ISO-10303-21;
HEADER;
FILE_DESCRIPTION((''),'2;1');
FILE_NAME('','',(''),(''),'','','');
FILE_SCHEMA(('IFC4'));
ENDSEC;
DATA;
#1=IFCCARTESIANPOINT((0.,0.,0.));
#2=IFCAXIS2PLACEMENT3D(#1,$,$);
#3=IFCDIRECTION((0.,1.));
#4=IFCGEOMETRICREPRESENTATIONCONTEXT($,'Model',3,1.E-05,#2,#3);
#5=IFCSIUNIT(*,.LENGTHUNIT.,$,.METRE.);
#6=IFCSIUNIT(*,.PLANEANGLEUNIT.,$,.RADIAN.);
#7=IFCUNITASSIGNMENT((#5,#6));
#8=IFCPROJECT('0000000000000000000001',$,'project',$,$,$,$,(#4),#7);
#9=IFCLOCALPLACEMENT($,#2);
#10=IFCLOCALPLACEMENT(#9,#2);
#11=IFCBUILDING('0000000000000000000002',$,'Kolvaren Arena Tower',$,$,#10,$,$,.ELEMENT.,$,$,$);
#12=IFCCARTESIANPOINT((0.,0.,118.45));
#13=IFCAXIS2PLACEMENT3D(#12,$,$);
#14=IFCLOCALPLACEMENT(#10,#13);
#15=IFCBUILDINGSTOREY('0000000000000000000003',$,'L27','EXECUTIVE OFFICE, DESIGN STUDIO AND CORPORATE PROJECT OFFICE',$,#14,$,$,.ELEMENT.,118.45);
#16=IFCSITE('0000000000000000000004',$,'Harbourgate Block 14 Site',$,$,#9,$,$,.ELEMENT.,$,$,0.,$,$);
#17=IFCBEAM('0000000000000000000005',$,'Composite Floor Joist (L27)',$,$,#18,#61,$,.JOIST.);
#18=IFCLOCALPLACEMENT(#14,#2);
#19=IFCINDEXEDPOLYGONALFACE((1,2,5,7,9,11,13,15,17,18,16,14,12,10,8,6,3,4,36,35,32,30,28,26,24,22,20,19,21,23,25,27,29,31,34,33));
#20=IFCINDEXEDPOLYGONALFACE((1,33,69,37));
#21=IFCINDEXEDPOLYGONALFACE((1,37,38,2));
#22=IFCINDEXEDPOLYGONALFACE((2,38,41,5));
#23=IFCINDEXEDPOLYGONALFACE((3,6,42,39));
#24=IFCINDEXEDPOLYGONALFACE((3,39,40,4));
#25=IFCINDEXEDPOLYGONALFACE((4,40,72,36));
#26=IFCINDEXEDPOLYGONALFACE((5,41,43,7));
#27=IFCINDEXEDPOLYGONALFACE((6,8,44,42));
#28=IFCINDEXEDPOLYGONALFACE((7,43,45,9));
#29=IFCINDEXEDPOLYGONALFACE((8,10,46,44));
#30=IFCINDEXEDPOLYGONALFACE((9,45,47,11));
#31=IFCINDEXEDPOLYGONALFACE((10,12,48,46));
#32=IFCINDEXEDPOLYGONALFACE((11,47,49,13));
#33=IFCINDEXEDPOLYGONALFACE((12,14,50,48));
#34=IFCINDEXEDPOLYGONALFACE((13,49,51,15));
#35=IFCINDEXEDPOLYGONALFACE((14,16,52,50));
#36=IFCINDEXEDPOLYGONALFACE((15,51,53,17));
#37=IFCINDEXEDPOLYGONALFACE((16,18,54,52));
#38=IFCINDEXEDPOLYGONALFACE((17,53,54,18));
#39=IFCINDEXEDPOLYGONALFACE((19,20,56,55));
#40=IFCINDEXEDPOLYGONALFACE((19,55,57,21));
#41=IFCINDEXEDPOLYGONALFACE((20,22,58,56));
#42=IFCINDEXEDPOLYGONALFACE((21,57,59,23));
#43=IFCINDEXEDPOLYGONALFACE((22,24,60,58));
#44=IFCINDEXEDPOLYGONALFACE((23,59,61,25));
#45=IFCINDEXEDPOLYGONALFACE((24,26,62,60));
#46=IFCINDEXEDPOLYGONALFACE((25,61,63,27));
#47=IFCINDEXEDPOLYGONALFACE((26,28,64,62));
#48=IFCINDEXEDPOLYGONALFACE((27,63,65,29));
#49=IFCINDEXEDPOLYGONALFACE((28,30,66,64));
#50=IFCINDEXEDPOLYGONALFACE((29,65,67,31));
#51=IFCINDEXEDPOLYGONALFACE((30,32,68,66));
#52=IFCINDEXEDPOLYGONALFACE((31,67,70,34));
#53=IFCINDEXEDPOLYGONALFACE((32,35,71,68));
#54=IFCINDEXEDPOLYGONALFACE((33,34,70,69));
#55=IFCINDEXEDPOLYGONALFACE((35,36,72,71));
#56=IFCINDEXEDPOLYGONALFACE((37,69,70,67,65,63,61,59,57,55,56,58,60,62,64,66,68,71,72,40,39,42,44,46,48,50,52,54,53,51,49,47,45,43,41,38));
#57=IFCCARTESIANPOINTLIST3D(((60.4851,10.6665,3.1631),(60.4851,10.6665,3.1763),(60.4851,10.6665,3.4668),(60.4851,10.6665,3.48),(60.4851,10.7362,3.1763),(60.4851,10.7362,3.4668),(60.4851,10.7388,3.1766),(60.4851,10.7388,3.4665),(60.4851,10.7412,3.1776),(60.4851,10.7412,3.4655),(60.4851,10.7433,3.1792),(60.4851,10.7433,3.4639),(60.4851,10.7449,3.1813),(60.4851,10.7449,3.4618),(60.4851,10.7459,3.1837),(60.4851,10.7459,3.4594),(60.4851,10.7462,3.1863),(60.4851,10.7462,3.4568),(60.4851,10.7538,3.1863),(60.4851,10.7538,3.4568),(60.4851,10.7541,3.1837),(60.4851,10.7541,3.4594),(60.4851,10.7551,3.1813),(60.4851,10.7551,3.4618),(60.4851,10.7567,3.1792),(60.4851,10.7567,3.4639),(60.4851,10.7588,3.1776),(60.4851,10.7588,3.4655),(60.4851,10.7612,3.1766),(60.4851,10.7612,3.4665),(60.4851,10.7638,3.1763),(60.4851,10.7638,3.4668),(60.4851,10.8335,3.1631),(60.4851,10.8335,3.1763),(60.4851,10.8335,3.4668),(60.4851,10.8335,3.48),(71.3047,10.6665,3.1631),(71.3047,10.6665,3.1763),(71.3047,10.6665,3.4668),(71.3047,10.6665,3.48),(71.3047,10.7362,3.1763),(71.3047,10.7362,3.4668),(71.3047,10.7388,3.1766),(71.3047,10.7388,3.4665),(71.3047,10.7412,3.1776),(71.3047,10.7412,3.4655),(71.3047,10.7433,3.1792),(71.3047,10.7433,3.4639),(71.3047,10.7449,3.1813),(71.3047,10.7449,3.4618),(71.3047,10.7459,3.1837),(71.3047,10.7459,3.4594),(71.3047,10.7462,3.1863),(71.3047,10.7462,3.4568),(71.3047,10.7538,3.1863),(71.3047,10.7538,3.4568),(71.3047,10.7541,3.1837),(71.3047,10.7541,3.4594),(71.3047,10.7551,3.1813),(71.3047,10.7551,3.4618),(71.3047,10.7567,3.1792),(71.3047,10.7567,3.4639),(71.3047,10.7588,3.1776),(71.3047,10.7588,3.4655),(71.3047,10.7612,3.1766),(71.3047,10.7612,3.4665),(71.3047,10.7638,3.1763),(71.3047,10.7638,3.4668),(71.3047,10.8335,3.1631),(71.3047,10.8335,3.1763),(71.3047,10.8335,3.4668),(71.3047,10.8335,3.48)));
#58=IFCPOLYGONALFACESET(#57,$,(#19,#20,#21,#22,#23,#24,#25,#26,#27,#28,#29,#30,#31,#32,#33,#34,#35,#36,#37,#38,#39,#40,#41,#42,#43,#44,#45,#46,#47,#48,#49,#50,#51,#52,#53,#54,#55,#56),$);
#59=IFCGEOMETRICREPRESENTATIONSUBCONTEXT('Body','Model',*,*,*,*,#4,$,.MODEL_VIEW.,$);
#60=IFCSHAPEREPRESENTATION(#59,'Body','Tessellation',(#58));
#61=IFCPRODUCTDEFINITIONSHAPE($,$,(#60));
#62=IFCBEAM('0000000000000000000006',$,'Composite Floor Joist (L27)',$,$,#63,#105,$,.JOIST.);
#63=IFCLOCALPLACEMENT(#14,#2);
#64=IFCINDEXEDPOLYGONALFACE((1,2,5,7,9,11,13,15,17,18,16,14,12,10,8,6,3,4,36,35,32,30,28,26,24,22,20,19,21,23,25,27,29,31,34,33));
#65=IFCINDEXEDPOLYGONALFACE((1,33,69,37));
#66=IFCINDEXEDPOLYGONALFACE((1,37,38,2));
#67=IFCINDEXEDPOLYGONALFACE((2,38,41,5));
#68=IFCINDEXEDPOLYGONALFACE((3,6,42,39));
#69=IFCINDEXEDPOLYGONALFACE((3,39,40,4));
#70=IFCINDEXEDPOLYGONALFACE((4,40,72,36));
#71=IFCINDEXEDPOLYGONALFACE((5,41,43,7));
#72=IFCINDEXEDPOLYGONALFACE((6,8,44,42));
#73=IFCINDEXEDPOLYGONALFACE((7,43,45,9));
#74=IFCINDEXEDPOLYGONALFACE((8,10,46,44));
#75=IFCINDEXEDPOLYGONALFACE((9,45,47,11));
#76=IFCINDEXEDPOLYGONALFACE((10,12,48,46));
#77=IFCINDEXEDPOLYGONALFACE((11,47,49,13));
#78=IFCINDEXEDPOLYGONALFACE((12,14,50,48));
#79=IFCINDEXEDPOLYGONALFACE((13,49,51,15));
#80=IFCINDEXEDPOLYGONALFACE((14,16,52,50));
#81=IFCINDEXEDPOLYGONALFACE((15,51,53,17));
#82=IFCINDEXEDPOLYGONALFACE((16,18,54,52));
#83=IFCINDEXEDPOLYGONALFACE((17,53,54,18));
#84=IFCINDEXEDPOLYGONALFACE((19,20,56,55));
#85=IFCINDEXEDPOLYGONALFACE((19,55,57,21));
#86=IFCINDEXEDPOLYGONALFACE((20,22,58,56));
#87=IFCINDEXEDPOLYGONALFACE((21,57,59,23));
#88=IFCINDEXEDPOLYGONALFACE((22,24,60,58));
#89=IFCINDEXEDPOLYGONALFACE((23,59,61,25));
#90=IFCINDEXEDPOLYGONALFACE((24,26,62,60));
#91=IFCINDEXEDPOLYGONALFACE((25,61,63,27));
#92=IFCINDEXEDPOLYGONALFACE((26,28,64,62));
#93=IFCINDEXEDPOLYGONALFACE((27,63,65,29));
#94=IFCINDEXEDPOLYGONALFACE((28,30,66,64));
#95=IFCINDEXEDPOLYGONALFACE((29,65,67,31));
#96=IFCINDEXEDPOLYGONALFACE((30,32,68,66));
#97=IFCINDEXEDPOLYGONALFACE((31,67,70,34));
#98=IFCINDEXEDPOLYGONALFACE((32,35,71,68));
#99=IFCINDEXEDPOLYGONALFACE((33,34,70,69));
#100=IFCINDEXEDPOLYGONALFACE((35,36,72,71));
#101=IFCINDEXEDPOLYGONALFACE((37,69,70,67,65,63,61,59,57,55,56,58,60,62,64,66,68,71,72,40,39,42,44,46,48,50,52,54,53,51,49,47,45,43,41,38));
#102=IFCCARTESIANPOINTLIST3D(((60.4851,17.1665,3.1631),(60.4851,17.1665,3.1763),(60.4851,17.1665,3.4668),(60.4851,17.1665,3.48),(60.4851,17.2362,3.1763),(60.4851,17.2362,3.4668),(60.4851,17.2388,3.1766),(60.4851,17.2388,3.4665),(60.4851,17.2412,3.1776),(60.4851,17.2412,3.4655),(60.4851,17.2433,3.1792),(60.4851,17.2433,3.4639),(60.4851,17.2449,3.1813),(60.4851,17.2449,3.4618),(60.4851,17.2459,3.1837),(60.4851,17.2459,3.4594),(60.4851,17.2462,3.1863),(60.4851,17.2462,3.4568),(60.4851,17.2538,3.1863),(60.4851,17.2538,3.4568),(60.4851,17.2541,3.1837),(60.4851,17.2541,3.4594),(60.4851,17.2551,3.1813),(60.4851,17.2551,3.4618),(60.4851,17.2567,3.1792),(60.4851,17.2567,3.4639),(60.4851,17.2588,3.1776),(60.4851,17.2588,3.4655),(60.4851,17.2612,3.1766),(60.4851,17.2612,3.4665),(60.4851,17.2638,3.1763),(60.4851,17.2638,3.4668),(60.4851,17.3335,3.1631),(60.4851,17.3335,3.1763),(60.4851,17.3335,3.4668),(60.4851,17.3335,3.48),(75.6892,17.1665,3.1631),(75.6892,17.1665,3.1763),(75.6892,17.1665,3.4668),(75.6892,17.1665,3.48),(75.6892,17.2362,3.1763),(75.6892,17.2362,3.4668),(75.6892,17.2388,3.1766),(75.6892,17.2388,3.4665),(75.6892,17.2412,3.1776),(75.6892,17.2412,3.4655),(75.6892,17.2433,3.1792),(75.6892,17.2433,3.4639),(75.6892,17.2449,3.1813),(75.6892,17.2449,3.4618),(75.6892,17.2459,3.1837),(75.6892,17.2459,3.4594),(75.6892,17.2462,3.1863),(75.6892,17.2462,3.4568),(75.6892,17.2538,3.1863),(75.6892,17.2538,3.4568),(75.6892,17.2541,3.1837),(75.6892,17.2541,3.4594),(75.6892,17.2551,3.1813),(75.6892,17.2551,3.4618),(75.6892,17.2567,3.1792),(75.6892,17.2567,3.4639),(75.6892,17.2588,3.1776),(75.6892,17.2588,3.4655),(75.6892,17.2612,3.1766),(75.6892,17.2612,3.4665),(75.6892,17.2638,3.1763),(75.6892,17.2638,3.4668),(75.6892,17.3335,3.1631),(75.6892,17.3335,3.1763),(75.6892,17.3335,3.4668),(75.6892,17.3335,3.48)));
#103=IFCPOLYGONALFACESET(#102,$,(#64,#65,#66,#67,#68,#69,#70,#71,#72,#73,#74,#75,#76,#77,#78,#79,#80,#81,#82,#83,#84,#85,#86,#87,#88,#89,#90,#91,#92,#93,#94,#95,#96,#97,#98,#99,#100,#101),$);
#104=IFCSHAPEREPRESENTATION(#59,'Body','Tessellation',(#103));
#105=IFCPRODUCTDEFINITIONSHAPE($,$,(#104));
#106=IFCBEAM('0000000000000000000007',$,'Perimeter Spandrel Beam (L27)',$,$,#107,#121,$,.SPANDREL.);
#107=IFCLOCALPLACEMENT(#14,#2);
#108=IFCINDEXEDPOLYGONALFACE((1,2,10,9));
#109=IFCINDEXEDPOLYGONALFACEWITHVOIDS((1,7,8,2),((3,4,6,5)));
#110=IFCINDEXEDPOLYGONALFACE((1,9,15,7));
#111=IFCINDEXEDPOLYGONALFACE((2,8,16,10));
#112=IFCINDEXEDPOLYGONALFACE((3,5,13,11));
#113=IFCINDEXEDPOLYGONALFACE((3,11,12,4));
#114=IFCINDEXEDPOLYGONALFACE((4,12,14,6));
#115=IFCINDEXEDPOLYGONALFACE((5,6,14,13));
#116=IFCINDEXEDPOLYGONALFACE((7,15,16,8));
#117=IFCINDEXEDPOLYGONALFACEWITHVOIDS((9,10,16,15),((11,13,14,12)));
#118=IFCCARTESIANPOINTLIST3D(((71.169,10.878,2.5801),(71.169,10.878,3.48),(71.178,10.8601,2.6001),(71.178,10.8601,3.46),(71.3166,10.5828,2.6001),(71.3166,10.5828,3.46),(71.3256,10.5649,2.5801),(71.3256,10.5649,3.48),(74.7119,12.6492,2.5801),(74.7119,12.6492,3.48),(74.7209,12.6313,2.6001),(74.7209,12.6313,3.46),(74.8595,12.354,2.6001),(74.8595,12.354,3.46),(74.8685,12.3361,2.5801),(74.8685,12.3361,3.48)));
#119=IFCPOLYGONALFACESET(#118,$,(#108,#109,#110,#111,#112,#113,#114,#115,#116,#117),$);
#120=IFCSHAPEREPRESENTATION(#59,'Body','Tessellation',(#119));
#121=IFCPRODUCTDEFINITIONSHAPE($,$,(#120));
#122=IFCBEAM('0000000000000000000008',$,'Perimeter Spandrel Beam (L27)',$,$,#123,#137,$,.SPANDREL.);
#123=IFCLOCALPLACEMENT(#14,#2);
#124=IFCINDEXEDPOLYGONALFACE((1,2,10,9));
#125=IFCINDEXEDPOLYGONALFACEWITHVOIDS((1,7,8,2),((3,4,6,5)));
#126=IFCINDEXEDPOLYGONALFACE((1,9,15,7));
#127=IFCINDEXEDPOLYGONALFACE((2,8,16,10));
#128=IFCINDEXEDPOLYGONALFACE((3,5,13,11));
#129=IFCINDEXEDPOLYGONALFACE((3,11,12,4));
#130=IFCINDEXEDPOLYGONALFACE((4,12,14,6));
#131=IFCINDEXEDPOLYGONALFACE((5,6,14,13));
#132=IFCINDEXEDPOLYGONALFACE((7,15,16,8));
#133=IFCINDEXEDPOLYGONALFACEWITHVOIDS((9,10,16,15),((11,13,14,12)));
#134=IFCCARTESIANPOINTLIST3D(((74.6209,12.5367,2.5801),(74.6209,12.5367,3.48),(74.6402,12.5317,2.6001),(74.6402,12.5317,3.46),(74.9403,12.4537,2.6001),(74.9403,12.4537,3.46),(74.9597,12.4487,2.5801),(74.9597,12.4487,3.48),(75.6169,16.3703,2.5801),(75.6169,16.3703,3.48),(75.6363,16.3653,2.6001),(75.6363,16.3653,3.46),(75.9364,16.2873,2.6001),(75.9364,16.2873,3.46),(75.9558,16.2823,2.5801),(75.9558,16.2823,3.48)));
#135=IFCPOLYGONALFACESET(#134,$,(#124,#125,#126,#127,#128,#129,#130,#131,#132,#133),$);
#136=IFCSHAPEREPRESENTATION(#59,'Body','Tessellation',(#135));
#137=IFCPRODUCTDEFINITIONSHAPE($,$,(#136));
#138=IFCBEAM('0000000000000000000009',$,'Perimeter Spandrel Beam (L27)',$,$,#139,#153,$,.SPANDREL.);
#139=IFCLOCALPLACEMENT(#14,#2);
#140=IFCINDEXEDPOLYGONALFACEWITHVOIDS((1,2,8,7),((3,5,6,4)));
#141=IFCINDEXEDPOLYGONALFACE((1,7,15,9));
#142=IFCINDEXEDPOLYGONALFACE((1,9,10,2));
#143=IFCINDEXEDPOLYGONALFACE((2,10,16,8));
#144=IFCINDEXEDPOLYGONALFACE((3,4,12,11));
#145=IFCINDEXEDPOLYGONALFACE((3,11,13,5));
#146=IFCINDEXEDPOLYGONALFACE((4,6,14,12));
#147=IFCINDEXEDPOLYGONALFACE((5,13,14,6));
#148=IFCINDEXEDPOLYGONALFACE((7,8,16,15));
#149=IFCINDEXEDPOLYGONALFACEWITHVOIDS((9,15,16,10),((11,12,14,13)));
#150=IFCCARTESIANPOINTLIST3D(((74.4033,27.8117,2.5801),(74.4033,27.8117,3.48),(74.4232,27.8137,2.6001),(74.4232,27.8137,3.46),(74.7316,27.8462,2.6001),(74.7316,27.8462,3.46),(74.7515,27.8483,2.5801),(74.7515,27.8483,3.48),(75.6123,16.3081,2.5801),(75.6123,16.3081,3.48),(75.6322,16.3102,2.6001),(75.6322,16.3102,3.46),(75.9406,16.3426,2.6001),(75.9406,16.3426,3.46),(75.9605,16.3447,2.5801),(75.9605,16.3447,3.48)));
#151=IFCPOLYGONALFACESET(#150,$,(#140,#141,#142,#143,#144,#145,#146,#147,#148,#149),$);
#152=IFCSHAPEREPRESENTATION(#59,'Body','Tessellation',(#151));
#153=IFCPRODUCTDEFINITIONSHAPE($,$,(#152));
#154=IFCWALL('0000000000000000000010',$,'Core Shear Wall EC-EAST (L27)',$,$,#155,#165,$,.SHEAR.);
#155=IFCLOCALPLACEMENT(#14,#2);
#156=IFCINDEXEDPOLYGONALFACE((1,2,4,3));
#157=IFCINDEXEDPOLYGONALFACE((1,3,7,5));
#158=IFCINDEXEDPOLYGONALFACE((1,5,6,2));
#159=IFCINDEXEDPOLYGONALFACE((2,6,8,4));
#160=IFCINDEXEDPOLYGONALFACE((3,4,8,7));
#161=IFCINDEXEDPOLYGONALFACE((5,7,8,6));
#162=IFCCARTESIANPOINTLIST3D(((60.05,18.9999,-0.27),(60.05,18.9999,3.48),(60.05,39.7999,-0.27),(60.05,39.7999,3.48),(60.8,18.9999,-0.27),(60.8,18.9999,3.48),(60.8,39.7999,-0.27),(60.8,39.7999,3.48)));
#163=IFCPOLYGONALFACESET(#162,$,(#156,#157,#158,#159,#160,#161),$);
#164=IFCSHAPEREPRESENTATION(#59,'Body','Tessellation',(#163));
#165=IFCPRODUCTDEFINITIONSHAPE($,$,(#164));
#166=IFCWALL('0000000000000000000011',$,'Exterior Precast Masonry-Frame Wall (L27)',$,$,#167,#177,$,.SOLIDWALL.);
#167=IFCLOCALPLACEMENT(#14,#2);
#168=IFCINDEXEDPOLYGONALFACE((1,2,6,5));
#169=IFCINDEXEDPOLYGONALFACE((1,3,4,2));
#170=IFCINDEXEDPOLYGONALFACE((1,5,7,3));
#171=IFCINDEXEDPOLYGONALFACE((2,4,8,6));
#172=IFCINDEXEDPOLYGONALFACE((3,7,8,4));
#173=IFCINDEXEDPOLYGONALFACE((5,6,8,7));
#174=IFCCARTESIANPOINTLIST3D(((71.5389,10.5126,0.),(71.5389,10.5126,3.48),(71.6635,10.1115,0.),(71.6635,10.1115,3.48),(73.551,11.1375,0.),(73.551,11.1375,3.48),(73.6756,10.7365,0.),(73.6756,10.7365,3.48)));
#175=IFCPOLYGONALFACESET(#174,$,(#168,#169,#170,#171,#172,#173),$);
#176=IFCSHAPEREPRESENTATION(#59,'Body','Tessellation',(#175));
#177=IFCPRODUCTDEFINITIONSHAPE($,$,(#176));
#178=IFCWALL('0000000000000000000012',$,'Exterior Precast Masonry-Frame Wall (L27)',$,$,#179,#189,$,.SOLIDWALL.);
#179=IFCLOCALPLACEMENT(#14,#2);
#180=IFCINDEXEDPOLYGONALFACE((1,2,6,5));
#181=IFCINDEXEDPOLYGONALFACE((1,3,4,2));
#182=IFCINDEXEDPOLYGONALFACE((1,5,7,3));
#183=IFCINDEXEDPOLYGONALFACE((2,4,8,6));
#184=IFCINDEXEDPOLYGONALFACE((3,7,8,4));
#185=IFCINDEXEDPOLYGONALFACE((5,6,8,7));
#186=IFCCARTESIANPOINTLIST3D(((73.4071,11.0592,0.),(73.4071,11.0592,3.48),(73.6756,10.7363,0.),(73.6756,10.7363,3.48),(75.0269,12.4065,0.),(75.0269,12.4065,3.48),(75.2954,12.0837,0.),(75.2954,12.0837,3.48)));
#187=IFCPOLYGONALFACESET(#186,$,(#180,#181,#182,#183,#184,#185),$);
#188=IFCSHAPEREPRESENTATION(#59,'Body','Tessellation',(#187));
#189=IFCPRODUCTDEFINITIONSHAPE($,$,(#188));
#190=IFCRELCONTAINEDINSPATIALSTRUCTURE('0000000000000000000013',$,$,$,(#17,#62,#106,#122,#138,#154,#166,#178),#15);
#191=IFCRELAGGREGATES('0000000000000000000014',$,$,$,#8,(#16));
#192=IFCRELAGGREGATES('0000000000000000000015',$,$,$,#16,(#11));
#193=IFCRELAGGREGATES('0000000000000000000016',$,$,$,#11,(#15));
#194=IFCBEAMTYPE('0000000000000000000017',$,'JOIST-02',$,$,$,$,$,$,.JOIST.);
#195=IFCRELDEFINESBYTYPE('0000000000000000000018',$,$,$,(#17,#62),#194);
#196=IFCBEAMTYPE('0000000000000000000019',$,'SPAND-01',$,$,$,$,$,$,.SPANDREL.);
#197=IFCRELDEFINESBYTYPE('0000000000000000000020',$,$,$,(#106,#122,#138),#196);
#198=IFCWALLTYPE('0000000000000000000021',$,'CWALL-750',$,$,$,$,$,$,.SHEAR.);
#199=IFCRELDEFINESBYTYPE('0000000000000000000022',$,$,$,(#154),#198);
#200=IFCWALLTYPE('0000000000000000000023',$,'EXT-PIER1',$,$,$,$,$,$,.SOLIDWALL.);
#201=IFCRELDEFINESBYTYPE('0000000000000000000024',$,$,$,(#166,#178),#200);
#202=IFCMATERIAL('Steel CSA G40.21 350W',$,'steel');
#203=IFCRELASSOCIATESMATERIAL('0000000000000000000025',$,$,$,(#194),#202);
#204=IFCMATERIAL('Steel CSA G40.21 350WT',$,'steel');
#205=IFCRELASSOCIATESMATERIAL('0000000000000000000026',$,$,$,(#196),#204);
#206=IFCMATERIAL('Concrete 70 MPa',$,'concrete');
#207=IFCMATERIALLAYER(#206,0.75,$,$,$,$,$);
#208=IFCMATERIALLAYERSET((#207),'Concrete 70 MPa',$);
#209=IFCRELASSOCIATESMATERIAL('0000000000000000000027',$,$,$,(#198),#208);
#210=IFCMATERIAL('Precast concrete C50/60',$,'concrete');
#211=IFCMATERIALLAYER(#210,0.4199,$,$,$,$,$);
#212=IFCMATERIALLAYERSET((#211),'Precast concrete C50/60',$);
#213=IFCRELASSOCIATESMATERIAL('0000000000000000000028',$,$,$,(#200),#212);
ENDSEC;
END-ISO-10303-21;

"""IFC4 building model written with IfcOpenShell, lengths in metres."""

from ifc_helpers import new_model, si_unit, direction, frame, frame_2d, origin, origin_2d, place, context, subcontext, project, spatial, rectangle, hollow_rectangle, i_section, extrude, material, layer, layer_set, material_profile, profile_set, type_object, element, save


model = new_model("IFC4")

# Units and contexts
model_context = context("Model", 3, precision=1e-05, world=origin(), true_north=direction((0.0, 1.0)))
body_context = subcontext(model_context, "Body", "Model", "MODEL_VIEW")
ifc_project = project(units=[si_unit("LENGTHUNIT", "METRE"), si_unit("PLANEANGLEUNIT", "RADIAN")], contexts=[model_context])

# Site, building, storey
site_placement = place(None, origin())
site = spatial("IfcSite", under=ifc_project, at=site_placement, Name="Harbourgate Block 14 Site", CompositionType="ELEMENT", RefElevation=0.0)
building_placement = place(site_placement, origin())
building = spatial("IfcBuilding", under=site, at=building_placement, Name="Kolvaren Arena Tower", CompositionType="ELEMENT")
storey_placement = place(building_placement, frame((0.0, 0.0, 118.45)))
storey = spatial("IfcBuildingStorey", under=building, at=storey_placement, Name="L27", Description="EXECUTIVE OFFICE, DESIGN STUDIO AND CORPORATE PROJECT OFFICE", CompositionType="ELEMENT", Elevation=118.45)

# Beams
ifc_material_1 = material(Name="Steel CSA G40.21 350W", Category="steel")
ifc_material_profile_1 = material_profile(ifc_material_1, i_section(OverallWidth=0.167, OverallDepth=0.3169, WebThickness=0.0076, FlangeThickness=0.0132, FilletRadius=0.01, at=origin_2d()), Name="W310x52")
ifc_profile_set_1 = profile_set([ifc_material_profile_1], Name="Steel CSA G40.21 350W")
beam_type_1 = type_object("IfcBeamType", Name="JOIST-02", PredefinedType="JOIST", material=ifc_profile_set_1)
beam_1_placement = place(storey_placement, frame((60.4851, 10.75, 3.3215), z_axis=(1.0, 0.0, 0.0), x_axis=(0.0, 1.0, 0.0)))
element("IfcBeam", 1, at=beam_1_placement, inside=storey, type_object=beam_type_1, Name="Composite Floor Joist (L27)", PredefinedType="JOIST", context=body_context, shape_type="SweptSolid", body=[
    extrude(i_section(OverallWidth=0.167, OverallDepth=0.3169, WebThickness=0.0076, FlangeThickness=0.0132, FilletRadius=0.01, at=origin_2d()), origin(), (0.0, 0.0, 1.0), 10.8196),
])
beam_2_placement = place(storey_placement, frame((60.4851, 17.25, 3.3215), z_axis=(1.0, 0.0, 0.0), x_axis=(0.0, 1.0, 0.0)))
element("IfcBeam", 2, at=beam_2_placement, inside=storey, type_object=beam_type_1, Name="Composite Floor Joist (L27)", PredefinedType="JOIST", context=body_context, shape_type="SweptSolid", body=[
    extrude(i_section(OverallWidth=0.167, OverallDepth=0.3169, WebThickness=0.0076, FlangeThickness=0.0132, FilletRadius=0.01, at=origin_2d()), origin(), (0.0, 0.0, 1.0), 15.2041),
])
ifc_material_2 = material(Name="Steel CSA G40.21 350WT", Category="steel")
ifc_material_profile_2 = material_profile(ifc_material_2, hollow_rectangle(XDim=0.3501, YDim=0.8999, WallThickness=0.02, at=origin_2d()), Name="HSS 900x350x20")
ifc_profile_set_2 = profile_set([ifc_material_profile_2], Name="Steel CSA G40.21 350WT")
beam_type_2 = type_object("IfcBeamType", Name="SPAND-01", PredefinedType="SPANDREL", material=ifc_profile_set_2)
for number, where, z_axis, x_axis, name in (
    (3, (71.2473, 10.7214, 3.03), (0.894452, 0.447164, 0.0), (-0.447164, 0.894452, 0.0), "Perimeter Spandrel Beam (L27)"),
    (4, (74.7903, 12.4927, 3.03), (0.251473, 0.967864, 0.0), (-0.967864, 0.251473, 0.0), "Perimeter Spandrel Beam (L27)"),
):
    element("IfcBeam", number, at=place(storey_placement, frame(where, z_axis=z_axis, x_axis=x_axis)), inside=storey, type_object=beam_type_2, Name=name, PredefinedType="SPANDREL", context=body_context, shape_type="SweptSolid", body=[
        extrude(hollow_rectangle(XDim=0.3501, YDim=0.8999, WallThickness=0.02, at=origin_2d()), origin(), (0.0, 0.0, 1.0), 3.9609),
    ])
beam_3_placement = place(storey_placement, frame((75.7864, 16.3264, 3.03), z_axis=(-0.104522, 0.994523, 0.0), x_axis=(-0.994523, -0.104522, 0.0)))
element("IfcBeam", 5, at=beam_3_placement, inside=storey, type_object=beam_type_2, Name="Perimeter Spandrel Beam (L27)", PredefinedType="SPANDREL", context=body_context, shape_type="SweptSolid", body=[
    extrude(hollow_rectangle(XDim=0.3501, YDim=0.8999, WallThickness=0.02, at=origin_2d()), origin(), (0.0, 0.0, 1.0), 11.5669),
])

# Walls
ifc_material_3 = material(Name="Concrete 70 MPa", Category="concrete")
ifc_layer_1 = layer(ifc_material_3, 0.75)
ifc_layer_set_1 = layer_set([ifc_layer_1], Name="Concrete 70 MPa")
wall_type_1 = type_object("IfcWallType", Name="CWALL-750", PredefinedType="SHEAR", material=ifc_layer_set_1)
wall_1_placement = place(storey_placement, frame((60.425, 19.0, -0.27), z_axis=(0.0, 0.0, 1.0), x_axis=(0.0, 1.0, 0.0)))
element("IfcWall", 6, at=wall_1_placement, inside=storey, type_object=wall_type_1, Name="Core Shear Wall EC-EAST (L27)", PredefinedType="SHEAR", context=body_context, shape_type="SweptSolid", body=[
    extrude(rectangle(XDim=20.8, YDim=0.75, at=frame_2d((10.3999, 0.0))), origin(), (0.0, 0.0, 1.0), 3.75),
])
ifc_material_4 = material(Name="Precast concrete C50/60", Category="concrete")
ifc_layer_2 = layer(ifc_material_4, 0.4199)
ifc_layer_set_2 = layer_set([ifc_layer_2], Name="Precast concrete C50/60")
wall_type_2 = type_object("IfcWallType", Name="EXT-PIER1", PredefinedType="SOLIDWALL", material=ifc_layer_set_2)
for number, where, z_axis, x_axis, name in (
    (7, (73.6133, 10.937, 0.0), (0.0, 0.0, 1.0), (-0.954994, -0.296625, 0.0), "Exterior Precast Masonry-Frame Wall (L27)"),
    (8, (75.1611, 12.2451, 0.0), (0.0, 0.0, 1.0), (-0.7688, -0.639489, 0.0), "Exterior Precast Masonry-Frame Wall (L27)"),
):
    element("IfcWall", number, at=place(storey_placement, frame(where, z_axis=z_axis, x_axis=x_axis)), inside=storey, type_object=wall_type_2, Name=name, PredefinedType="SOLIDWALL", context=body_context, shape_type="SweptSolid", body=[
        extrude(rectangle(XDim=2.1069, YDim=0.4199, at=frame_2d((1.0535, 0.0))), origin(), (0.0, 0.0, 1.0), 3.48),
    ])

save(model, "model.ifc")
